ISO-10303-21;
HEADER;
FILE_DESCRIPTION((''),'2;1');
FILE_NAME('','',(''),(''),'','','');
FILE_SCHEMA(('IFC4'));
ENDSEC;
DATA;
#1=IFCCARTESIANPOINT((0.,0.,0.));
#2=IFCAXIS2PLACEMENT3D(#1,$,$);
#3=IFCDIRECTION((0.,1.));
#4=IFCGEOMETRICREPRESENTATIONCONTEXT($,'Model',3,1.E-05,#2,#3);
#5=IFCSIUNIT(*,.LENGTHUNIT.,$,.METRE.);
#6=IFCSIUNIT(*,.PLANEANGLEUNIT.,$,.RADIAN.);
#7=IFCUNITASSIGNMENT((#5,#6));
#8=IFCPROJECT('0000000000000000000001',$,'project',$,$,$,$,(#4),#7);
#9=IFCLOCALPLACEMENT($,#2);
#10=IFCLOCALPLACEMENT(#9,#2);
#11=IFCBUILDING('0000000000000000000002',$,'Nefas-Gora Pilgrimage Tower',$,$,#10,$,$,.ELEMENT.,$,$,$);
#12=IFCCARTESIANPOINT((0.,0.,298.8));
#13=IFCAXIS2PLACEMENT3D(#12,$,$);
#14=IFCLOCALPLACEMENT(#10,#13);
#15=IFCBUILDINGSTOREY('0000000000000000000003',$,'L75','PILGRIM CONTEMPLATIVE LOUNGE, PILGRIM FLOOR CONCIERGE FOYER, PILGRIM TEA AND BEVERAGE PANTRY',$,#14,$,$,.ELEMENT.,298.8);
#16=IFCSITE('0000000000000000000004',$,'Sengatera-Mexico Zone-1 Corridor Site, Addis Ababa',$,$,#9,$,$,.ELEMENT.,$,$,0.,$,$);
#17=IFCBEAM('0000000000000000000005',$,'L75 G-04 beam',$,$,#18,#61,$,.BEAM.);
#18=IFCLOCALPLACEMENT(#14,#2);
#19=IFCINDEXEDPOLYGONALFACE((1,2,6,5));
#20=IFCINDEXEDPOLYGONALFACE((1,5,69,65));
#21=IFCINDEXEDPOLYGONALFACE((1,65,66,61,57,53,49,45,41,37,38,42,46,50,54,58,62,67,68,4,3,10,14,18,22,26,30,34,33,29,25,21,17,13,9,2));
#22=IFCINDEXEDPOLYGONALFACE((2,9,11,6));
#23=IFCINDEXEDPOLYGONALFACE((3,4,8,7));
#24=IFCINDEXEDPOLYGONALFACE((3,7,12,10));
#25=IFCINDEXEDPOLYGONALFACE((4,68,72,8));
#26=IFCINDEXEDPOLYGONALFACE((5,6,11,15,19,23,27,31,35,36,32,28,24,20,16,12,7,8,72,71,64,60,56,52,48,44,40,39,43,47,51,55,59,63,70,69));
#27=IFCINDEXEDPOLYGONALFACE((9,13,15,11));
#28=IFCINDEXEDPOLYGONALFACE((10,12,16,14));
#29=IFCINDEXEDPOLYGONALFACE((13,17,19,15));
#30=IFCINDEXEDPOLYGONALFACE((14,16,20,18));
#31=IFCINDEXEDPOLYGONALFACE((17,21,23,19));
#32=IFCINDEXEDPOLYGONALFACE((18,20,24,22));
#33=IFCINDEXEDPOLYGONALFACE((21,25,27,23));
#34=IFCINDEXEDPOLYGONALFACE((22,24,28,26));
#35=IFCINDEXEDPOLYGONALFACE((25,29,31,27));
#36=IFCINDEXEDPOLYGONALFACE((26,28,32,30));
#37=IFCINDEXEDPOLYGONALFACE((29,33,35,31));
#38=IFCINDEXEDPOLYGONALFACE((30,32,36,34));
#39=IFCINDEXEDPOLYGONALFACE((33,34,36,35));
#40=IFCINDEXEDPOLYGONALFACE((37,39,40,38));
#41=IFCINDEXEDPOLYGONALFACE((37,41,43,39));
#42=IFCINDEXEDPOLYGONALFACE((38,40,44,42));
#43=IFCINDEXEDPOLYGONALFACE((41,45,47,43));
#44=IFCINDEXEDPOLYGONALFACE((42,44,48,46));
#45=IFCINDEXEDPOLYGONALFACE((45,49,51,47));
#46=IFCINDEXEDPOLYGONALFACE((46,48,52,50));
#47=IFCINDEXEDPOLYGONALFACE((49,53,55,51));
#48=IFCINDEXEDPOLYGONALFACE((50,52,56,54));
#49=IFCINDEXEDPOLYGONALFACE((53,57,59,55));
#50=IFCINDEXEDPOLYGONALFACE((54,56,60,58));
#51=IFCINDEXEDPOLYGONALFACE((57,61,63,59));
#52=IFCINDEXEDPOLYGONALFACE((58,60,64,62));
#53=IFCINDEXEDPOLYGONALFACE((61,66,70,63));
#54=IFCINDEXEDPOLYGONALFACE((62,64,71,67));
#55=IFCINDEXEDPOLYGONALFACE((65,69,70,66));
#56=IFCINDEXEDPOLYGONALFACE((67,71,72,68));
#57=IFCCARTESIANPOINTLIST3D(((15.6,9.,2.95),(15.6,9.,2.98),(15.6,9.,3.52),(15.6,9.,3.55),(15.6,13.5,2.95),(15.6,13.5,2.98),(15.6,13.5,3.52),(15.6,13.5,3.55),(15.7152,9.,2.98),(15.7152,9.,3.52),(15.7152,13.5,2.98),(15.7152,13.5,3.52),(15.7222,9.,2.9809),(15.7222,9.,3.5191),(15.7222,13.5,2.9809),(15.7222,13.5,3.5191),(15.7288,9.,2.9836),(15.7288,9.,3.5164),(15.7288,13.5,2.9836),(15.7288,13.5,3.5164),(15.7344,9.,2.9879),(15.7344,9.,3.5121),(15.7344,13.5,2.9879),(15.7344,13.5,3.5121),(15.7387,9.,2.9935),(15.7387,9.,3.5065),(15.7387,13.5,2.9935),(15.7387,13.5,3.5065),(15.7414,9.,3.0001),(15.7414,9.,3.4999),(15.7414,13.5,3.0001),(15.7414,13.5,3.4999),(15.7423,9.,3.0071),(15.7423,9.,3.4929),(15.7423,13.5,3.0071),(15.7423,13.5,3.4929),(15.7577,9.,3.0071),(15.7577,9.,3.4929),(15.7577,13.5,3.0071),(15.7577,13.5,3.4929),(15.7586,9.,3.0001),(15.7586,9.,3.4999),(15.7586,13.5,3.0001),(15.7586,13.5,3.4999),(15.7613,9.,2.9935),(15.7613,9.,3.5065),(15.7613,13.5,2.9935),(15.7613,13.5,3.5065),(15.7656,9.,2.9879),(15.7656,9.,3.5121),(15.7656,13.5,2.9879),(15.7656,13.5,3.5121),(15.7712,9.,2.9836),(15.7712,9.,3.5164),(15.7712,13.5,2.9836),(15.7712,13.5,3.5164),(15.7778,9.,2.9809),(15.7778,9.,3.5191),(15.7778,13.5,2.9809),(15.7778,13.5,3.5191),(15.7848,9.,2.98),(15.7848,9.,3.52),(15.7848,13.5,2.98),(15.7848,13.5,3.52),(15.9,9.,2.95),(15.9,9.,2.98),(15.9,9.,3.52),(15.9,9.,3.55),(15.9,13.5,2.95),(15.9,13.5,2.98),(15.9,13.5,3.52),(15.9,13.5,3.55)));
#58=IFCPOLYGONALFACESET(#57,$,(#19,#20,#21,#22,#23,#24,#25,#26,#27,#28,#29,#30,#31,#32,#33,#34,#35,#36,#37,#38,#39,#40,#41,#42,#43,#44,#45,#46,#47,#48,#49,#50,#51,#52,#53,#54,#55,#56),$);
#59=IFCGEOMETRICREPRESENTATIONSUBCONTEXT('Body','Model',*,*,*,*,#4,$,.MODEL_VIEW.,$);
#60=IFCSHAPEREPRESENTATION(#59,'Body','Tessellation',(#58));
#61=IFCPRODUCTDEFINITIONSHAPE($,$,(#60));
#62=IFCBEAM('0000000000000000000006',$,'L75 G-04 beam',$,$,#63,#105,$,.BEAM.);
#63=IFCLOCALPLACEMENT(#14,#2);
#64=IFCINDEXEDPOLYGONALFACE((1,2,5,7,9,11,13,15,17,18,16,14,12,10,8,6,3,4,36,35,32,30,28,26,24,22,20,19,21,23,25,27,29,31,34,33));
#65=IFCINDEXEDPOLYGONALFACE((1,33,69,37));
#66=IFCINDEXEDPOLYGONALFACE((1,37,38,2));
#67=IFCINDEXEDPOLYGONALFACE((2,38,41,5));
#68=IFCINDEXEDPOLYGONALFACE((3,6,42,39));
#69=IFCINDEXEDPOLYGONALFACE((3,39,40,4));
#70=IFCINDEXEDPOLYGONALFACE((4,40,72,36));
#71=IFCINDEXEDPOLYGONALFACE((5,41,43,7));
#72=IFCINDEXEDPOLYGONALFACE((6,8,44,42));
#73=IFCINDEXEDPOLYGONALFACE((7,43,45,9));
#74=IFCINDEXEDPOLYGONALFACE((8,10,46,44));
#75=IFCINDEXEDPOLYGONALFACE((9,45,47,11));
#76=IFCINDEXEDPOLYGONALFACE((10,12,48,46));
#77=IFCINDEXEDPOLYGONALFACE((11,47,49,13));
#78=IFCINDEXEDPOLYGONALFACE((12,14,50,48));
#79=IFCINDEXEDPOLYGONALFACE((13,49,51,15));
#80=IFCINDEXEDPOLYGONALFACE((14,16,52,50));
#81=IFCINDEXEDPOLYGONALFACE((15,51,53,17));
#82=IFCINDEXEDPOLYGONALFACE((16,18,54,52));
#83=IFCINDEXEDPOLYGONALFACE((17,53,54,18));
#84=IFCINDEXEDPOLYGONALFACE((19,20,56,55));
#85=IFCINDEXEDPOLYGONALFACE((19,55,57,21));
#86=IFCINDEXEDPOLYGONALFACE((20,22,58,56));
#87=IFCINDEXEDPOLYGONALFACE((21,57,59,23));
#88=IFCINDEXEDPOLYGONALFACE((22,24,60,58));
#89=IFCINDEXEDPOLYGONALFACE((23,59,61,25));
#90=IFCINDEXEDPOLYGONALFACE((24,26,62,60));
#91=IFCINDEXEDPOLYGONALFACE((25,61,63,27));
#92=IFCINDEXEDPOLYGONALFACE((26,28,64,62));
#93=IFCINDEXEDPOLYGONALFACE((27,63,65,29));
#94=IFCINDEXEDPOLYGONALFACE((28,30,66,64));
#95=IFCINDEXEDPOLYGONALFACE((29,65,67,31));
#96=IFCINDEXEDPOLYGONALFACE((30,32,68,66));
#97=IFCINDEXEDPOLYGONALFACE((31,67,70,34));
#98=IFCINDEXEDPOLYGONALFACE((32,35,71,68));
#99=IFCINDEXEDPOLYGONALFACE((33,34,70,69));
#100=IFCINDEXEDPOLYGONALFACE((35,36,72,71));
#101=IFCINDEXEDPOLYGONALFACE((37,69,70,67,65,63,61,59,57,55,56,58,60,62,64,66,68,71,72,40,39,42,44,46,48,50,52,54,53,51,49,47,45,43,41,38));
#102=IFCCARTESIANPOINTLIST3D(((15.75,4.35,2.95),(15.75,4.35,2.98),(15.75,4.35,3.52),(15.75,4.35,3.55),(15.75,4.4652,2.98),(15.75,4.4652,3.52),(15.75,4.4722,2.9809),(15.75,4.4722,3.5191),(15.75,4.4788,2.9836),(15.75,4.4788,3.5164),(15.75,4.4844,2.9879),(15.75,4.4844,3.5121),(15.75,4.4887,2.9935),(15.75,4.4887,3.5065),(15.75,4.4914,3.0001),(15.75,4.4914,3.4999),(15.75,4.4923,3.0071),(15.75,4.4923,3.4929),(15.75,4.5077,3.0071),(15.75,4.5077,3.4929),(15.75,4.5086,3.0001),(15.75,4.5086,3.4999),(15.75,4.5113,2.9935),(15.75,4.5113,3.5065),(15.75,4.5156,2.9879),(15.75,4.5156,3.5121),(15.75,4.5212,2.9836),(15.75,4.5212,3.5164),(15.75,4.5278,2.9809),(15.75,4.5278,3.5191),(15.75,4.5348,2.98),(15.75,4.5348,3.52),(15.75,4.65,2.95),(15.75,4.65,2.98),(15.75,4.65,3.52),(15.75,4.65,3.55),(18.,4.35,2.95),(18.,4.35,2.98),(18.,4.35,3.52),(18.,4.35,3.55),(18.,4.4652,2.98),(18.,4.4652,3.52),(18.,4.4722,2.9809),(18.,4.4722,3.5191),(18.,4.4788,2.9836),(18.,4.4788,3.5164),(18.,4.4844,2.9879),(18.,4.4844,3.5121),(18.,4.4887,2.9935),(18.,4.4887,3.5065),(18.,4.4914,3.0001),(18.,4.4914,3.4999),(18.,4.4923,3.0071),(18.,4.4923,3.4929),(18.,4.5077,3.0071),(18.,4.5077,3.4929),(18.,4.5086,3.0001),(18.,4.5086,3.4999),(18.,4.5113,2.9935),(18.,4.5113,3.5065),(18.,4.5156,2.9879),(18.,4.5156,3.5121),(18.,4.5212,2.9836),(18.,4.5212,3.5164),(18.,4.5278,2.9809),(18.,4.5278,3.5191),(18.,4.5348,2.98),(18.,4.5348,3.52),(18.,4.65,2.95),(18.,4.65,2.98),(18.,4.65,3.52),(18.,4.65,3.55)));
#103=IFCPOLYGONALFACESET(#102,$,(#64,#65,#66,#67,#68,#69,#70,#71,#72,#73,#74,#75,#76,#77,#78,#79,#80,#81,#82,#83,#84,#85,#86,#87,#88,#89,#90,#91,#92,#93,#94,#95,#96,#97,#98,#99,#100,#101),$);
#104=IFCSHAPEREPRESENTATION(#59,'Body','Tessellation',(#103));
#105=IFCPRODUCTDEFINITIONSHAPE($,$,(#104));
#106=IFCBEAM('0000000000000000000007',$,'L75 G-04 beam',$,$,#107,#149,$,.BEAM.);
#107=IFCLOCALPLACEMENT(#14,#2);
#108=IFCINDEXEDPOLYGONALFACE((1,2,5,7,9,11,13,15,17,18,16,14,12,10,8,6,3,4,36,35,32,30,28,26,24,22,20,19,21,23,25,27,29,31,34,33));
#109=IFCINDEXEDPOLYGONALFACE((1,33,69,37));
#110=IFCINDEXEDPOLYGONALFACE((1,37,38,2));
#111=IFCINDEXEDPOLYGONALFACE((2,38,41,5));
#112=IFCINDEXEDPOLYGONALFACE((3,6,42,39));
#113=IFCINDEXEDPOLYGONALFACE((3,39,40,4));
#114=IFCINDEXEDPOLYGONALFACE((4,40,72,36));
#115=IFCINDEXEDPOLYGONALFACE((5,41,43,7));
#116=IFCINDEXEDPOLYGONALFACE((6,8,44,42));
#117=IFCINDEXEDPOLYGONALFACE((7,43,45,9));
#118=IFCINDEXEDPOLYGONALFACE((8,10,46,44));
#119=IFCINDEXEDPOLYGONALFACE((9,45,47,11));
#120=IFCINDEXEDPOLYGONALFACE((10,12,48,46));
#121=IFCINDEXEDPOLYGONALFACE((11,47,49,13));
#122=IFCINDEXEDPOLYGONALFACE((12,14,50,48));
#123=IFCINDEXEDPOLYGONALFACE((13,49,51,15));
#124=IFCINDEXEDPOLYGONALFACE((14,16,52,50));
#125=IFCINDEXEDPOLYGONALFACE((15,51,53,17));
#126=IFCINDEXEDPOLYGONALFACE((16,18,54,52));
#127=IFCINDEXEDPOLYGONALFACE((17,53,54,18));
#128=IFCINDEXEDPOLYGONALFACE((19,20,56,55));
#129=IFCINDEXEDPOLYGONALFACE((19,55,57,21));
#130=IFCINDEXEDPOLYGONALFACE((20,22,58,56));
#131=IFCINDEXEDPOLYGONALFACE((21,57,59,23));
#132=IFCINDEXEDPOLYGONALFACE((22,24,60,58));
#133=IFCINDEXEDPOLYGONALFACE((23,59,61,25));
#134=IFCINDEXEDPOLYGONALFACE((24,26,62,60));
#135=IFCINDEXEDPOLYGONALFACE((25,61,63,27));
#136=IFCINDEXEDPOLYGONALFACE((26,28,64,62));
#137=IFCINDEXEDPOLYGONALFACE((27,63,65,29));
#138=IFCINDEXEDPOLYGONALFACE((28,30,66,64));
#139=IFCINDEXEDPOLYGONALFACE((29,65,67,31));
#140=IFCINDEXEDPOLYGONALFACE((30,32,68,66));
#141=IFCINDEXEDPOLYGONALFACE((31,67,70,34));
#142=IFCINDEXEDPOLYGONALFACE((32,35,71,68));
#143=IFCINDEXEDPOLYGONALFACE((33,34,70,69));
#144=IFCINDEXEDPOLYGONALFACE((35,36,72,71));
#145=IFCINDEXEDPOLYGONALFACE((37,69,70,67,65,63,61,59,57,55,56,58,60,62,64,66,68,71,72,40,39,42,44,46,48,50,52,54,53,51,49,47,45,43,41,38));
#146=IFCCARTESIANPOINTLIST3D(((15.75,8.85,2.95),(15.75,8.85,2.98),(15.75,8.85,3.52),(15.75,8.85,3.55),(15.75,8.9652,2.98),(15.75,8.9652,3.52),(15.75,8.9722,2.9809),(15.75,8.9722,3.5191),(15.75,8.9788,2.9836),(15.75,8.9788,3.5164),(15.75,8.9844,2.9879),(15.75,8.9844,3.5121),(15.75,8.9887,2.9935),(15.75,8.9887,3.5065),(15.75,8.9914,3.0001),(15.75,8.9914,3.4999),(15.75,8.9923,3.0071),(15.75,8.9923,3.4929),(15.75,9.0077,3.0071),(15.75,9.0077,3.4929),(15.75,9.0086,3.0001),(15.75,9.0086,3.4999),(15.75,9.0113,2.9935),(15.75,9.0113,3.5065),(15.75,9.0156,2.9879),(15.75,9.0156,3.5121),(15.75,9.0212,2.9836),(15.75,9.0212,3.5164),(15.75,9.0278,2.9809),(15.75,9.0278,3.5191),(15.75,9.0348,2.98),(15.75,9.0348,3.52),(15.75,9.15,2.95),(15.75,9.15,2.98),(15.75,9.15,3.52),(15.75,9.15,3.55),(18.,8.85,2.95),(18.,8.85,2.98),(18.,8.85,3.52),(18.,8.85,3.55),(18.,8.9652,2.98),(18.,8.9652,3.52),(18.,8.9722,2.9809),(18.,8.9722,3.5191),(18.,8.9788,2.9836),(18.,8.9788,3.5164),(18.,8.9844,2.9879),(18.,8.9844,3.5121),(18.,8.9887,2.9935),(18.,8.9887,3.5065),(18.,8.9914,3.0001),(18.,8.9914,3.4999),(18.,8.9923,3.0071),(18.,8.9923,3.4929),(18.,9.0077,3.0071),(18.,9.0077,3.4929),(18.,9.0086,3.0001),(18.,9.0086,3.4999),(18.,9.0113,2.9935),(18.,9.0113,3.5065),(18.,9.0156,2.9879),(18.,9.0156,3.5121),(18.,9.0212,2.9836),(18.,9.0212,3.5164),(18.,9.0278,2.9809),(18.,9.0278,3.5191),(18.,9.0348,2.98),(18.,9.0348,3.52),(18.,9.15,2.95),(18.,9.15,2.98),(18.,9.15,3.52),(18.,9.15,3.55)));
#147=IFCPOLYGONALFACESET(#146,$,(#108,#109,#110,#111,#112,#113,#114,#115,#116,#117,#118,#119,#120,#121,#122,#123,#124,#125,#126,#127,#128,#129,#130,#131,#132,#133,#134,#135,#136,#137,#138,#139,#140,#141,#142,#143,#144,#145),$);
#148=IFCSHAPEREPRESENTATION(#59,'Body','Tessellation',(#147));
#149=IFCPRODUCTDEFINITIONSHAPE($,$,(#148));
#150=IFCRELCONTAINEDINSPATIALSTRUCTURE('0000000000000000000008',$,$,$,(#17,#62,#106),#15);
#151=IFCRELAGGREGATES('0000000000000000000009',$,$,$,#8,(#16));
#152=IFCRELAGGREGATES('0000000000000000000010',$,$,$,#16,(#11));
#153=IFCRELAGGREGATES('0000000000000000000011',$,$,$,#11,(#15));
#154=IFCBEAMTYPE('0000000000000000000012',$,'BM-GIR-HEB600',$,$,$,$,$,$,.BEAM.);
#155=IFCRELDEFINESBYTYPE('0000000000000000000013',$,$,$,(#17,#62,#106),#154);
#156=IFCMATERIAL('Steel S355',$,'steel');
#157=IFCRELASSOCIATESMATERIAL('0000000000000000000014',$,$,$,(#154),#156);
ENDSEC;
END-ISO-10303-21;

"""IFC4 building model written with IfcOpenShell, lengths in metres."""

from ifc_helpers import new_model, si_unit, direction, frame, origin, origin_2d, place, context, subcontext, project, spatial, i_section, extrude, source, transform, mapped, material, material_profile, profile_set, type_object, element, save


model = new_model("IFC4")

# Units and contexts
model_context = context("Model", 3, precision=1e-05, world=origin(), true_north=direction((0.0, 1.0)))
body_context = subcontext(model_context, "Body", "Model", "MODEL_VIEW")
ifc_project = project(units=[si_unit("LENGTHUNIT", "METRE"), si_unit("PLANEANGLEUNIT", "RADIAN")], contexts=[model_context])

# Site, building, storey
site_placement = place(None, origin())
site = spatial("IfcSite", under=ifc_project, at=site_placement, Name="Sengatera-Mexico Zone-1 Corridor Site, Addis Ababa", CompositionType="ELEMENT", RefElevation=0.0)
building_placement = place(site_placement, origin())
building = spatial("IfcBuilding", under=site, at=building_placement, Name="Nefas-Gora Pilgrimage Tower", CompositionType="ELEMENT")
storey_placement = place(building_placement, frame((0.0, 0.0, 298.8)))
storey = spatial("IfcBuildingStorey", under=building, at=storey_placement, Name="L75", Description="PILGRIM CONTEMPLATIVE LOUNGE, PILGRIM FLOOR CONCIERGE FOYER, PILGRIM TEA AND BEVERAGE PANTRY", CompositionType="ELEMENT", Elevation=298.8)

# Shared definitions
ifc_material_1 = material(Name="Steel S355", Category="steel")

# Beams
ifc_material_profile_1 = material_profile(ifc_material_1, i_section(OverallWidth=0.3, OverallDepth=0.6001, WebThickness=0.0154, FlangeThickness=0.03, FilletRadius=0.0271, at=origin_2d()), Name="HEB 600")
ifc_profile_set_1 = profile_set([ifc_material_profile_1], Name="Steel S355")
beam_type_1 = type_object("IfcBeamType", Name="BM-GIR-HEB600", PredefinedType="BEAM", material=ifc_profile_set_1)
shared_shape_1 = source(origin(), body_context, "Body", "SweptSolid", [
    extrude(i_section(OverallWidth=0.3, OverallDepth=0.6001, WebThickness=0.0154, FlangeThickness=0.03, FilletRadius=0.0271, at=origin_2d()), origin(), (0.0, 0.0, 1.0), 4.5),
])
for number, where, z_axis, x_axis, name in (
    (1, (15.75, 9.0, 3.25), (0.0, 1.0, 0.0), (-1.0, 0.0, 0.0), "L75 G-04 beam"),
):
    element("IfcBeam", number, at=place(storey_placement, frame(where, z_axis=z_axis, x_axis=x_axis)), inside=storey, type_object=beam_type_1, Name=name, PredefinedType="BEAM", context=body_context, shape_type="MappedRepresentation", body=[
        mapped(shared_shape_1, transform((0.0, 0.0, 0.0), x_axis=(1.0, 0.0, 0.0), y_axis=(0.0, 1.0, 0.0), z_axis=(0.0, 0.0, 1.0), scale=1.0)),
    ])
shared_shape_2 = source(origin(), body_context, "Body", "SweptSolid", [
    extrude(i_section(OverallWidth=0.3, OverallDepth=0.6001, WebThickness=0.0154, FlangeThickness=0.03, FilletRadius=0.0271, at=origin_2d()), origin(), (0.0, 0.0, 1.0), 2.25),
])
for number, where, z_axis, x_axis, name in (
    (2, (15.75, 4.5, 3.25), (1.0, 0.0, 0.0), (0.0, 1.0, 0.0), "L75 G-04 beam"),
    (3, (15.75, 9.0, 3.25), (1.0, 0.0, 0.0), (0.0, 1.0, 0.0), "L75 G-04 beam"),
):
    element("IfcBeam", number, at=place(storey_placement, frame(where, z_axis=z_axis, x_axis=x_axis)), inside=storey, type_object=beam_type_1, Name=name, PredefinedType="BEAM", context=body_context, shape_type="MappedRepresentation", body=[
        mapped(shared_shape_2, transform((0.0, 0.0, 0.0), x_axis=(1.0, 0.0, 0.0), y_axis=(0.0, 1.0, 0.0), z_axis=(0.0, 0.0, 1.0), scale=1.0)),
    ])

save(model, "model.ifc")
